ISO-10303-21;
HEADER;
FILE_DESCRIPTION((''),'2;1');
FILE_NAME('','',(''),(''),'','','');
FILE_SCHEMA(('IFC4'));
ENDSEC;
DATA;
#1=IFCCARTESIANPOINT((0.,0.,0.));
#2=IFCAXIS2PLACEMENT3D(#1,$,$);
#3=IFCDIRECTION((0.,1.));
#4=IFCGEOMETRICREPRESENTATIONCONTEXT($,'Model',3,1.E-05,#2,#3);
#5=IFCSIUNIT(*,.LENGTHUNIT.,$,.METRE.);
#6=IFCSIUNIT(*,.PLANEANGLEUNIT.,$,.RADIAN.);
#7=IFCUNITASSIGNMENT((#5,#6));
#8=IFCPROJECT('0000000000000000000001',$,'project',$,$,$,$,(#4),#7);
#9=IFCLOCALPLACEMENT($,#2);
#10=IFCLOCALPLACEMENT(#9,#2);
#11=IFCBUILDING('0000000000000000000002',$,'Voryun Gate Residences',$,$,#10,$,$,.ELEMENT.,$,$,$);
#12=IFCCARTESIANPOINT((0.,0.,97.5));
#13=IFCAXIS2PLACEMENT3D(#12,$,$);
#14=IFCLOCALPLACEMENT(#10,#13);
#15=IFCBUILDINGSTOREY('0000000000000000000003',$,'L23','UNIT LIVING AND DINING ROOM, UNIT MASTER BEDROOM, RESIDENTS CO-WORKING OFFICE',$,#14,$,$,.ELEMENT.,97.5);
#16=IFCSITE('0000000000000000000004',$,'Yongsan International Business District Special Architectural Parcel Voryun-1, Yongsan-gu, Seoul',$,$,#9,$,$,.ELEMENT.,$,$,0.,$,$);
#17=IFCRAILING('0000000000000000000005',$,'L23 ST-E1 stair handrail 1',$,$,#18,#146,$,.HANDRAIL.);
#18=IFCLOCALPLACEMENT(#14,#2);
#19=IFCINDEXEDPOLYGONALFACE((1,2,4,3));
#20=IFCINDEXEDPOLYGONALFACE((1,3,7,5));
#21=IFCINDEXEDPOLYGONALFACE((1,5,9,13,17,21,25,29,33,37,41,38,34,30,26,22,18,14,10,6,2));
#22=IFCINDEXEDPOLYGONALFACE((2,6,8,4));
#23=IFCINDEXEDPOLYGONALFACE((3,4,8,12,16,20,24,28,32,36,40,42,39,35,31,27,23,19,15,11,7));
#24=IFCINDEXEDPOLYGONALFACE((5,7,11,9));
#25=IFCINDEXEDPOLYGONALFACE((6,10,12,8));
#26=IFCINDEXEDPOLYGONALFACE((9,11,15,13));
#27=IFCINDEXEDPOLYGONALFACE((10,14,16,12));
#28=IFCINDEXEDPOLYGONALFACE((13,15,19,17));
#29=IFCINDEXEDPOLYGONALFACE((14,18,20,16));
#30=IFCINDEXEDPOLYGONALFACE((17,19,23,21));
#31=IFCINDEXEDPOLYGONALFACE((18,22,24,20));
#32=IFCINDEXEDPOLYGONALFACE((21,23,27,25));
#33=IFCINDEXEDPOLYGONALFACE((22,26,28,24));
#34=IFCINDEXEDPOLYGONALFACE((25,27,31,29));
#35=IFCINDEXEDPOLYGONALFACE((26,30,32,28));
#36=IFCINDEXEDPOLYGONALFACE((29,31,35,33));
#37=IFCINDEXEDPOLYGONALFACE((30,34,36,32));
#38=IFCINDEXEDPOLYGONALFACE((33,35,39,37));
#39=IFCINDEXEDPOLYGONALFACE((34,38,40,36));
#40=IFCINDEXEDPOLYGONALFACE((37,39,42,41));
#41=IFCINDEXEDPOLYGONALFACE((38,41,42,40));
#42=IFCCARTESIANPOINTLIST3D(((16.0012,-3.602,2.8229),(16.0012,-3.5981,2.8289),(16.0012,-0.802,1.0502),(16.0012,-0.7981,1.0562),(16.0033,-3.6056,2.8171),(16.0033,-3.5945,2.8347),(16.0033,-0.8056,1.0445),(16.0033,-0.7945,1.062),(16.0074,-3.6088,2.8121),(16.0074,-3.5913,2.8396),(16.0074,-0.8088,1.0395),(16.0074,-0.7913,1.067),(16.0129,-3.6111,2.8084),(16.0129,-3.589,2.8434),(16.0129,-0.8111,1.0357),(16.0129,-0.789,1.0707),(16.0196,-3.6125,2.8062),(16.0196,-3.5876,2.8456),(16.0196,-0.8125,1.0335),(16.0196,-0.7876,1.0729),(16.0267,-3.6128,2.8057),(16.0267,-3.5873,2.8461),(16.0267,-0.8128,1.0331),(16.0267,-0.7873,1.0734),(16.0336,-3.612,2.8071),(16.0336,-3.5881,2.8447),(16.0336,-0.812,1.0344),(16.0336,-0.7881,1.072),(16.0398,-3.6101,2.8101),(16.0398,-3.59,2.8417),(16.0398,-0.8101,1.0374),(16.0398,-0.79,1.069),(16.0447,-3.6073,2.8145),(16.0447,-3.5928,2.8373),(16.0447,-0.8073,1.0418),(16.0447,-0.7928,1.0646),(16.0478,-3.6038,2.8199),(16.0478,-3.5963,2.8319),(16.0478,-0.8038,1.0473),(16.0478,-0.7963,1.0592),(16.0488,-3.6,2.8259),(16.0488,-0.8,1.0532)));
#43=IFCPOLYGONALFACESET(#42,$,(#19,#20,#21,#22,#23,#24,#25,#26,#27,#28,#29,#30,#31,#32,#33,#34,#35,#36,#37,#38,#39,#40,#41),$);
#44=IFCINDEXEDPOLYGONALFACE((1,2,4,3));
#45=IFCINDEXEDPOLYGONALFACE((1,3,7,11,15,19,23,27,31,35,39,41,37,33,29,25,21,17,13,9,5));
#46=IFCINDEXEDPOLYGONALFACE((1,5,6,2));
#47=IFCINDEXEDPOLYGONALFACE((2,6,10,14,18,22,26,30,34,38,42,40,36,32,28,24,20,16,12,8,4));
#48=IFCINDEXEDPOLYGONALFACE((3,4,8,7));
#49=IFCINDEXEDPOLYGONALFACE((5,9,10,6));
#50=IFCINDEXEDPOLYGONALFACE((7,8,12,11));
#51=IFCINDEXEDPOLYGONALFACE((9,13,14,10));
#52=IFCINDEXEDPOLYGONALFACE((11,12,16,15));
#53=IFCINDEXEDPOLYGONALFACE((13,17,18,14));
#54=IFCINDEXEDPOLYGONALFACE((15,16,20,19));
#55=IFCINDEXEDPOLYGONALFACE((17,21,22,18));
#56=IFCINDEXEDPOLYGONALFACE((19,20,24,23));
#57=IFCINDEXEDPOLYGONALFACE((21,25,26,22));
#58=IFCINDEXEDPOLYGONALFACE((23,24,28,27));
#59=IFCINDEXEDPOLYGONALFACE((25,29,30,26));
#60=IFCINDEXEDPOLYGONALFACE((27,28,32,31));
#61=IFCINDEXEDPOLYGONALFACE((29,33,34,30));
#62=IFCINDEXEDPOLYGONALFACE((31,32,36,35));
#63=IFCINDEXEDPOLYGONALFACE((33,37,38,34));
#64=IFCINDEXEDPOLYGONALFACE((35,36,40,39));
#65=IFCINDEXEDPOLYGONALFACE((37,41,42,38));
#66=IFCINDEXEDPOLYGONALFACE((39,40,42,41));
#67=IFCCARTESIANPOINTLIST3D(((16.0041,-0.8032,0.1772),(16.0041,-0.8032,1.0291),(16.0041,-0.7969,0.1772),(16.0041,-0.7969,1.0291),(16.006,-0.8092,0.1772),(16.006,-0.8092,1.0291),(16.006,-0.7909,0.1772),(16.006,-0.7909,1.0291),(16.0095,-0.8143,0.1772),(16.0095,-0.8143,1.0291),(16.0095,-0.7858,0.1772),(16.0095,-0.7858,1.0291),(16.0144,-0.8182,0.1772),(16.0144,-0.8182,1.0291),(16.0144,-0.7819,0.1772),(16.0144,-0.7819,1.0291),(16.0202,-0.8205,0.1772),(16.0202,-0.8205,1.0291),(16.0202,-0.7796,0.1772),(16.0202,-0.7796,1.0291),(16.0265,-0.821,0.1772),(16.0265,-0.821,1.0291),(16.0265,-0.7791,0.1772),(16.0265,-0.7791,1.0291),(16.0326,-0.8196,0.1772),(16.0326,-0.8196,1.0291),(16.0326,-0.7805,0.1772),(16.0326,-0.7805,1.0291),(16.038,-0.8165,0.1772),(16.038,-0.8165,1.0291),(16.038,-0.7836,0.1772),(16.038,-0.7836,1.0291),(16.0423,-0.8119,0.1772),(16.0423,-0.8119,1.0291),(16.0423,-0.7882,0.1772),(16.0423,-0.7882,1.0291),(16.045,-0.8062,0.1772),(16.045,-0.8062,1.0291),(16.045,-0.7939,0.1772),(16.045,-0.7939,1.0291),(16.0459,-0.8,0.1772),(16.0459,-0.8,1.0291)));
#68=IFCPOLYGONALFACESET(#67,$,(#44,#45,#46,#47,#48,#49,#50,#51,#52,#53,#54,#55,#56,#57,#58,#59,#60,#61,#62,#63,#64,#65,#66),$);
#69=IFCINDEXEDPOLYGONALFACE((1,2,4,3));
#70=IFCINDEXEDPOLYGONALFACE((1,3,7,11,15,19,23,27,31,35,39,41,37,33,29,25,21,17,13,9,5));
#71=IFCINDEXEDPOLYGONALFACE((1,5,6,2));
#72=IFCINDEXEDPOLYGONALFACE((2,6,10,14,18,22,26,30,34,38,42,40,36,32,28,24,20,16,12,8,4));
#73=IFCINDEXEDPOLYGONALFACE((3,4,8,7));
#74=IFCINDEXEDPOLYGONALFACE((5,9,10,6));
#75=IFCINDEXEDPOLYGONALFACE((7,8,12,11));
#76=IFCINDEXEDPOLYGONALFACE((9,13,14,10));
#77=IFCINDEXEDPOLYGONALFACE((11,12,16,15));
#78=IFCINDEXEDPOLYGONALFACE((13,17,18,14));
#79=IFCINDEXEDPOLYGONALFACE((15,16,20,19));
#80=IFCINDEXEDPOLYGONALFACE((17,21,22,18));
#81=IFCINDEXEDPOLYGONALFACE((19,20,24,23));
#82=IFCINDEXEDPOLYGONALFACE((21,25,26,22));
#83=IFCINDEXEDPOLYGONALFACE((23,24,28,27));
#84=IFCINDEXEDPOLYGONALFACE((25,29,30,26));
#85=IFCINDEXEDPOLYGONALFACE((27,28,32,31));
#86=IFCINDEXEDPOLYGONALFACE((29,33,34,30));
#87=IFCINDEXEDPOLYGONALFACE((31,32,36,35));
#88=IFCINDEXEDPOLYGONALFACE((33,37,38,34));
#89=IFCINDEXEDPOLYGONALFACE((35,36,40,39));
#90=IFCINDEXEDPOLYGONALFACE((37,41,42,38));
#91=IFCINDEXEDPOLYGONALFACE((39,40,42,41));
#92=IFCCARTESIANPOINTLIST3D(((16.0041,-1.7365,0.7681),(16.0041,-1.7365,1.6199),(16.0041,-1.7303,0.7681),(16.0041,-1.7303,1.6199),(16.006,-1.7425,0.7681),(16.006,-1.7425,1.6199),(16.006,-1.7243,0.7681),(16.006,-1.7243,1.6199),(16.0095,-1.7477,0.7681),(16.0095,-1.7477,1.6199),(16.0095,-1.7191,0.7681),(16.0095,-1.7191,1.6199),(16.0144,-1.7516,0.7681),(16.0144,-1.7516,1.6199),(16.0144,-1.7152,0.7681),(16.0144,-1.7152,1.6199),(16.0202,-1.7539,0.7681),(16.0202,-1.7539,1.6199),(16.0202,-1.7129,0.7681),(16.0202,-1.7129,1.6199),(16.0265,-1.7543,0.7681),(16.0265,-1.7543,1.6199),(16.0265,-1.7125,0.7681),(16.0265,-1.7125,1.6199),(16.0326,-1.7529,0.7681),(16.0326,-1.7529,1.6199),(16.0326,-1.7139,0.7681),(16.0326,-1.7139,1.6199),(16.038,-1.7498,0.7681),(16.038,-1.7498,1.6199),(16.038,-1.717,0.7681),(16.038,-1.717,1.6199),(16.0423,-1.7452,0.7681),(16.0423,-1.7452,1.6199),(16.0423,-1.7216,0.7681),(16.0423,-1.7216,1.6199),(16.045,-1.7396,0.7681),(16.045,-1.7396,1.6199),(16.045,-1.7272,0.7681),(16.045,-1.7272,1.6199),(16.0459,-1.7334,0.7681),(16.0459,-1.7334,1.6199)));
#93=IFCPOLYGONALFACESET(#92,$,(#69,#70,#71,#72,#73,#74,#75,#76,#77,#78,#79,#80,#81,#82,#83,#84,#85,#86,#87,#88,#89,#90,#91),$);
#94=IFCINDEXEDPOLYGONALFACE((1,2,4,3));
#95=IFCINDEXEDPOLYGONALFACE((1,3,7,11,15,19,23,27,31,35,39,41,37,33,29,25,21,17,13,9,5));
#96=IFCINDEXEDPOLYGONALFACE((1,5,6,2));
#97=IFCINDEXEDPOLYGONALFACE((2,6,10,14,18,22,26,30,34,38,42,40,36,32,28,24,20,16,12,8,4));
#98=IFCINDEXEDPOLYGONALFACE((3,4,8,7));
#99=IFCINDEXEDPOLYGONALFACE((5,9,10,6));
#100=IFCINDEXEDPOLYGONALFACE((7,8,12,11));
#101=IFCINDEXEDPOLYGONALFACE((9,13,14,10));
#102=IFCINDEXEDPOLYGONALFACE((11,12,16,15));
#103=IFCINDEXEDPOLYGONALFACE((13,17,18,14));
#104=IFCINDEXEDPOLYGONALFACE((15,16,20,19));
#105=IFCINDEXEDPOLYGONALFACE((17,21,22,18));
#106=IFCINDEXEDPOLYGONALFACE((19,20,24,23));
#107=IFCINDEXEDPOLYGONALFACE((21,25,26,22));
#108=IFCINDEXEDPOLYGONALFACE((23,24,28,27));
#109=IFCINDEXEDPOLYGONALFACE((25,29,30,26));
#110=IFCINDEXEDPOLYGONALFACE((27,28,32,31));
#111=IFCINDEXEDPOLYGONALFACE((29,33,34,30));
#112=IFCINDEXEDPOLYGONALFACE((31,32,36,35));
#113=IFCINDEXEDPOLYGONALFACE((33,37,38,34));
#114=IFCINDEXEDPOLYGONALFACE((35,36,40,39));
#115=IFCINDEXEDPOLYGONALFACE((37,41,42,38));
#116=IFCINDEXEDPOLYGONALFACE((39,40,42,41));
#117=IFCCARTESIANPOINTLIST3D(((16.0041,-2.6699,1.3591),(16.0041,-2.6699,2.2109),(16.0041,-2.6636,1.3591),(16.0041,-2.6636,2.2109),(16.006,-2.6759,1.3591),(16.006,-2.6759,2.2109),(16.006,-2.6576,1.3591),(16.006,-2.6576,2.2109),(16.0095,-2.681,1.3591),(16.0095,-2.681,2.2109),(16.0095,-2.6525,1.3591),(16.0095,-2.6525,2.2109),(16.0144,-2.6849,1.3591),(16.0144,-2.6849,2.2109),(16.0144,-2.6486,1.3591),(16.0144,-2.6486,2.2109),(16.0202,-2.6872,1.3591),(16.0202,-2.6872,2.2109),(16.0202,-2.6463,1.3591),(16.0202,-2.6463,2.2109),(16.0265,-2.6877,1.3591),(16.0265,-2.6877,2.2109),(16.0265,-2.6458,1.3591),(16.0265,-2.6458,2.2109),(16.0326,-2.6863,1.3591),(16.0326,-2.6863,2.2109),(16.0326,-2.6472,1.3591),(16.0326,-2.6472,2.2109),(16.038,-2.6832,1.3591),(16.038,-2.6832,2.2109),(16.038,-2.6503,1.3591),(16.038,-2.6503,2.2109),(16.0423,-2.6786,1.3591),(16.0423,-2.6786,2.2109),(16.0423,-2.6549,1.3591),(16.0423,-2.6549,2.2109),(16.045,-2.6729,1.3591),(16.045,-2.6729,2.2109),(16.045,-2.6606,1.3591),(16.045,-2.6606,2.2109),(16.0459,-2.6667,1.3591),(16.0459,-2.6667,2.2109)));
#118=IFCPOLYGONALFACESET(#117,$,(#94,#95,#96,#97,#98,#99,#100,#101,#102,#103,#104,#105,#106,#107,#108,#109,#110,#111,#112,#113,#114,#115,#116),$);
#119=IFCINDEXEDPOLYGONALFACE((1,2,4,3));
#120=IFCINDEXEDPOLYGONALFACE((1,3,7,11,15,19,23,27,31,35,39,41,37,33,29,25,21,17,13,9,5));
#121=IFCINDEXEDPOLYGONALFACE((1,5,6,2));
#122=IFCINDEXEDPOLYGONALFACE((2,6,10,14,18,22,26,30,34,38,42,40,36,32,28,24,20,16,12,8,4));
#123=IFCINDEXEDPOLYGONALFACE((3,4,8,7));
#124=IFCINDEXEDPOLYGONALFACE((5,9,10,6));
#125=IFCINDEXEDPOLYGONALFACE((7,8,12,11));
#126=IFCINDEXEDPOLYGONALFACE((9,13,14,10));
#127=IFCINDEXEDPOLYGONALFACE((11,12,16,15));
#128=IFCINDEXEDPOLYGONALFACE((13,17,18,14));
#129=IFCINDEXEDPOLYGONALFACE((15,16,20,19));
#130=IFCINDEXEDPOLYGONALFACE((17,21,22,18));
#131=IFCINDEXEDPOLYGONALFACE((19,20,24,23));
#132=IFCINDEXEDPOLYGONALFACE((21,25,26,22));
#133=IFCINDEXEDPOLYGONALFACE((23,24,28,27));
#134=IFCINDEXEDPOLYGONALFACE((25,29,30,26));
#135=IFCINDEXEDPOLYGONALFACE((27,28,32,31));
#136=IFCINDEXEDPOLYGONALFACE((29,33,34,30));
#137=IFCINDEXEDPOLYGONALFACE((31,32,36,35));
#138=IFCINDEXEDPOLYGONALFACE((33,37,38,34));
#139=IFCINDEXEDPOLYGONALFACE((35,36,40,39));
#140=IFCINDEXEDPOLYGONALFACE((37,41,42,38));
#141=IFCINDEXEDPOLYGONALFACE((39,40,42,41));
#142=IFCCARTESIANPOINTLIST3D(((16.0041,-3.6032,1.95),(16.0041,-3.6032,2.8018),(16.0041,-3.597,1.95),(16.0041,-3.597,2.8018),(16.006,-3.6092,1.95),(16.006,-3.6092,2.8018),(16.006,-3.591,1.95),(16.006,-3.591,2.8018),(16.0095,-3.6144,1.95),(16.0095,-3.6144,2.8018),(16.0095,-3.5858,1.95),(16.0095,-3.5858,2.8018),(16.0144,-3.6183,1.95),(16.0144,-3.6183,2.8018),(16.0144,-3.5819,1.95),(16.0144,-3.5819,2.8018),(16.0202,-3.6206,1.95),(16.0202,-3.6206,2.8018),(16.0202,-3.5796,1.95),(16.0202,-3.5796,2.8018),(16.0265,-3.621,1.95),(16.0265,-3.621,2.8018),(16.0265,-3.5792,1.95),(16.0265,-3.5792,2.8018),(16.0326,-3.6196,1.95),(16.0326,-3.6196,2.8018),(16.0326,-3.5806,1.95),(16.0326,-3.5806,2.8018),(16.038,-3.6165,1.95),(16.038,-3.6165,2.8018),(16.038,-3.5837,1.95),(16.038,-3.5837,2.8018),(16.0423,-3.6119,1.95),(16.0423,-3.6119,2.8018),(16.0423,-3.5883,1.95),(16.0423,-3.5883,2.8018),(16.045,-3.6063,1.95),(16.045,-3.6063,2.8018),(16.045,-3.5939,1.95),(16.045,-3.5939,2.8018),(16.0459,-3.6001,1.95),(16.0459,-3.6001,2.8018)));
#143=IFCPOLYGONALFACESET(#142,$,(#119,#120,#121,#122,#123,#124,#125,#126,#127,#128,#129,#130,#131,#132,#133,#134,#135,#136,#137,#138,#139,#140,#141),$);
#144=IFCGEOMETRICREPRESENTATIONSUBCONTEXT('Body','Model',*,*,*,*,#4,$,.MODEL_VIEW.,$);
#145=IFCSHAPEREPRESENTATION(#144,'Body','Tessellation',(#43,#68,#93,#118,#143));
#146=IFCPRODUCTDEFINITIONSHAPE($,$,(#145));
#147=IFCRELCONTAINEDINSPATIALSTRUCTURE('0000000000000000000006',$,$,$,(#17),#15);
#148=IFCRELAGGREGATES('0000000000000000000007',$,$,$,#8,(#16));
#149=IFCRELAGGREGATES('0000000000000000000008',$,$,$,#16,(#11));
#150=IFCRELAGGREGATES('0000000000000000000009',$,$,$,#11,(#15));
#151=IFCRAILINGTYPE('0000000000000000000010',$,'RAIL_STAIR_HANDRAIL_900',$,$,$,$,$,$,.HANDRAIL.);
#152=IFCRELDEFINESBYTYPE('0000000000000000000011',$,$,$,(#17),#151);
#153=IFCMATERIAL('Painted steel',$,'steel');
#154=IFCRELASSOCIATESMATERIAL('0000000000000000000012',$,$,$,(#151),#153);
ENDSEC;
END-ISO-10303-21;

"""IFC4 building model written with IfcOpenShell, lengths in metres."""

from ifc_helpers import new_model, si_unit, direction, frame, origin, origin_2d, place, context, subcontext, project, spatial, circle, extrude, material, type_object, element, save


model = new_model("IFC4")

# Units and contexts
model_context = context("Model", 3, precision=1e-05, world=origin(), true_north=direction((0.0, 1.0)))
body_context = subcontext(model_context, "Body", "Model", "MODEL_VIEW")
ifc_project = project(units=[si_unit("LENGTHUNIT", "METRE"), si_unit("PLANEANGLEUNIT", "RADIAN")], contexts=[model_context])

# Site, building, storey
site_placement = place(None, origin())
site = spatial("IfcSite", under=ifc_project, at=site_placement, Name="Yongsan International Business District Special Architectural Parcel Voryun-1, Yongsan-gu, Seoul", CompositionType="ELEMENT", RefElevation=0.0)
building_placement = place(site_placement, origin())
building = spatial("IfcBuilding", under=site, at=building_placement, Name="Voryun Gate Residences", CompositionType="ELEMENT")
storey_placement = place(building_placement, frame((0.0, 0.0, 97.5)))
storey = spatial("IfcBuildingStorey", under=building, at=storey_placement, Name="L23", Description="UNIT LIVING AND DINING ROOM, UNIT MASTER BEDROOM, RESIDENTS CO-WORKING OFFICE", CompositionType="ELEMENT", Elevation=97.5)

# Railing
ifc_material_1 = material(Name="Painted steel", Category="steel")
railing_type_1 = type_object("IfcRailingType", Name="RAIL_STAIR_HANDRAIL_900", PredefinedType="HANDRAIL", material=ifc_material_1)
railing_1_placement = place(storey_placement, frame((16.0249, -0.8, 0.1772)))
element("IfcRailing", 1, at=railing_1_placement, inside=storey, type_object=railing_type_1, Name="L23 ST-E1 stair handrail 1", PredefinedType="HANDRAIL", context=body_context, shape_type="SweptSolid", body=[
    extrude(circle(Radius=0.0239, at=origin_2d()), frame((0.0, 0.0, 0.876), z_axis=(0.0, -0.844909, 0.53491), x_axis=(1.0, 0.0, 0.0)), (0.0, 0.0, 1.0), 3.314),
    extrude(circle(Radius=0.021, at=origin_2d()), origin(), (0.0, 0.0, 1.0), 0.8518),
    extrude(circle(Radius=0.021, at=origin_2d()), frame((0.0, -0.9333, 0.5908)), (0.0, 0.0, 1.0), 0.8518),
    extrude(circle(Radius=0.021, at=origin_2d()), frame((0.0, -1.8667, 1.1819)), (0.0, 0.0, 1.0), 0.8518),
    extrude(circle(Radius=0.021, at=origin_2d()), frame((0.0, -2.8, 1.7727)), (0.0, 0.0, 1.0), 0.8518),
])

save(model, "model.ifc")
